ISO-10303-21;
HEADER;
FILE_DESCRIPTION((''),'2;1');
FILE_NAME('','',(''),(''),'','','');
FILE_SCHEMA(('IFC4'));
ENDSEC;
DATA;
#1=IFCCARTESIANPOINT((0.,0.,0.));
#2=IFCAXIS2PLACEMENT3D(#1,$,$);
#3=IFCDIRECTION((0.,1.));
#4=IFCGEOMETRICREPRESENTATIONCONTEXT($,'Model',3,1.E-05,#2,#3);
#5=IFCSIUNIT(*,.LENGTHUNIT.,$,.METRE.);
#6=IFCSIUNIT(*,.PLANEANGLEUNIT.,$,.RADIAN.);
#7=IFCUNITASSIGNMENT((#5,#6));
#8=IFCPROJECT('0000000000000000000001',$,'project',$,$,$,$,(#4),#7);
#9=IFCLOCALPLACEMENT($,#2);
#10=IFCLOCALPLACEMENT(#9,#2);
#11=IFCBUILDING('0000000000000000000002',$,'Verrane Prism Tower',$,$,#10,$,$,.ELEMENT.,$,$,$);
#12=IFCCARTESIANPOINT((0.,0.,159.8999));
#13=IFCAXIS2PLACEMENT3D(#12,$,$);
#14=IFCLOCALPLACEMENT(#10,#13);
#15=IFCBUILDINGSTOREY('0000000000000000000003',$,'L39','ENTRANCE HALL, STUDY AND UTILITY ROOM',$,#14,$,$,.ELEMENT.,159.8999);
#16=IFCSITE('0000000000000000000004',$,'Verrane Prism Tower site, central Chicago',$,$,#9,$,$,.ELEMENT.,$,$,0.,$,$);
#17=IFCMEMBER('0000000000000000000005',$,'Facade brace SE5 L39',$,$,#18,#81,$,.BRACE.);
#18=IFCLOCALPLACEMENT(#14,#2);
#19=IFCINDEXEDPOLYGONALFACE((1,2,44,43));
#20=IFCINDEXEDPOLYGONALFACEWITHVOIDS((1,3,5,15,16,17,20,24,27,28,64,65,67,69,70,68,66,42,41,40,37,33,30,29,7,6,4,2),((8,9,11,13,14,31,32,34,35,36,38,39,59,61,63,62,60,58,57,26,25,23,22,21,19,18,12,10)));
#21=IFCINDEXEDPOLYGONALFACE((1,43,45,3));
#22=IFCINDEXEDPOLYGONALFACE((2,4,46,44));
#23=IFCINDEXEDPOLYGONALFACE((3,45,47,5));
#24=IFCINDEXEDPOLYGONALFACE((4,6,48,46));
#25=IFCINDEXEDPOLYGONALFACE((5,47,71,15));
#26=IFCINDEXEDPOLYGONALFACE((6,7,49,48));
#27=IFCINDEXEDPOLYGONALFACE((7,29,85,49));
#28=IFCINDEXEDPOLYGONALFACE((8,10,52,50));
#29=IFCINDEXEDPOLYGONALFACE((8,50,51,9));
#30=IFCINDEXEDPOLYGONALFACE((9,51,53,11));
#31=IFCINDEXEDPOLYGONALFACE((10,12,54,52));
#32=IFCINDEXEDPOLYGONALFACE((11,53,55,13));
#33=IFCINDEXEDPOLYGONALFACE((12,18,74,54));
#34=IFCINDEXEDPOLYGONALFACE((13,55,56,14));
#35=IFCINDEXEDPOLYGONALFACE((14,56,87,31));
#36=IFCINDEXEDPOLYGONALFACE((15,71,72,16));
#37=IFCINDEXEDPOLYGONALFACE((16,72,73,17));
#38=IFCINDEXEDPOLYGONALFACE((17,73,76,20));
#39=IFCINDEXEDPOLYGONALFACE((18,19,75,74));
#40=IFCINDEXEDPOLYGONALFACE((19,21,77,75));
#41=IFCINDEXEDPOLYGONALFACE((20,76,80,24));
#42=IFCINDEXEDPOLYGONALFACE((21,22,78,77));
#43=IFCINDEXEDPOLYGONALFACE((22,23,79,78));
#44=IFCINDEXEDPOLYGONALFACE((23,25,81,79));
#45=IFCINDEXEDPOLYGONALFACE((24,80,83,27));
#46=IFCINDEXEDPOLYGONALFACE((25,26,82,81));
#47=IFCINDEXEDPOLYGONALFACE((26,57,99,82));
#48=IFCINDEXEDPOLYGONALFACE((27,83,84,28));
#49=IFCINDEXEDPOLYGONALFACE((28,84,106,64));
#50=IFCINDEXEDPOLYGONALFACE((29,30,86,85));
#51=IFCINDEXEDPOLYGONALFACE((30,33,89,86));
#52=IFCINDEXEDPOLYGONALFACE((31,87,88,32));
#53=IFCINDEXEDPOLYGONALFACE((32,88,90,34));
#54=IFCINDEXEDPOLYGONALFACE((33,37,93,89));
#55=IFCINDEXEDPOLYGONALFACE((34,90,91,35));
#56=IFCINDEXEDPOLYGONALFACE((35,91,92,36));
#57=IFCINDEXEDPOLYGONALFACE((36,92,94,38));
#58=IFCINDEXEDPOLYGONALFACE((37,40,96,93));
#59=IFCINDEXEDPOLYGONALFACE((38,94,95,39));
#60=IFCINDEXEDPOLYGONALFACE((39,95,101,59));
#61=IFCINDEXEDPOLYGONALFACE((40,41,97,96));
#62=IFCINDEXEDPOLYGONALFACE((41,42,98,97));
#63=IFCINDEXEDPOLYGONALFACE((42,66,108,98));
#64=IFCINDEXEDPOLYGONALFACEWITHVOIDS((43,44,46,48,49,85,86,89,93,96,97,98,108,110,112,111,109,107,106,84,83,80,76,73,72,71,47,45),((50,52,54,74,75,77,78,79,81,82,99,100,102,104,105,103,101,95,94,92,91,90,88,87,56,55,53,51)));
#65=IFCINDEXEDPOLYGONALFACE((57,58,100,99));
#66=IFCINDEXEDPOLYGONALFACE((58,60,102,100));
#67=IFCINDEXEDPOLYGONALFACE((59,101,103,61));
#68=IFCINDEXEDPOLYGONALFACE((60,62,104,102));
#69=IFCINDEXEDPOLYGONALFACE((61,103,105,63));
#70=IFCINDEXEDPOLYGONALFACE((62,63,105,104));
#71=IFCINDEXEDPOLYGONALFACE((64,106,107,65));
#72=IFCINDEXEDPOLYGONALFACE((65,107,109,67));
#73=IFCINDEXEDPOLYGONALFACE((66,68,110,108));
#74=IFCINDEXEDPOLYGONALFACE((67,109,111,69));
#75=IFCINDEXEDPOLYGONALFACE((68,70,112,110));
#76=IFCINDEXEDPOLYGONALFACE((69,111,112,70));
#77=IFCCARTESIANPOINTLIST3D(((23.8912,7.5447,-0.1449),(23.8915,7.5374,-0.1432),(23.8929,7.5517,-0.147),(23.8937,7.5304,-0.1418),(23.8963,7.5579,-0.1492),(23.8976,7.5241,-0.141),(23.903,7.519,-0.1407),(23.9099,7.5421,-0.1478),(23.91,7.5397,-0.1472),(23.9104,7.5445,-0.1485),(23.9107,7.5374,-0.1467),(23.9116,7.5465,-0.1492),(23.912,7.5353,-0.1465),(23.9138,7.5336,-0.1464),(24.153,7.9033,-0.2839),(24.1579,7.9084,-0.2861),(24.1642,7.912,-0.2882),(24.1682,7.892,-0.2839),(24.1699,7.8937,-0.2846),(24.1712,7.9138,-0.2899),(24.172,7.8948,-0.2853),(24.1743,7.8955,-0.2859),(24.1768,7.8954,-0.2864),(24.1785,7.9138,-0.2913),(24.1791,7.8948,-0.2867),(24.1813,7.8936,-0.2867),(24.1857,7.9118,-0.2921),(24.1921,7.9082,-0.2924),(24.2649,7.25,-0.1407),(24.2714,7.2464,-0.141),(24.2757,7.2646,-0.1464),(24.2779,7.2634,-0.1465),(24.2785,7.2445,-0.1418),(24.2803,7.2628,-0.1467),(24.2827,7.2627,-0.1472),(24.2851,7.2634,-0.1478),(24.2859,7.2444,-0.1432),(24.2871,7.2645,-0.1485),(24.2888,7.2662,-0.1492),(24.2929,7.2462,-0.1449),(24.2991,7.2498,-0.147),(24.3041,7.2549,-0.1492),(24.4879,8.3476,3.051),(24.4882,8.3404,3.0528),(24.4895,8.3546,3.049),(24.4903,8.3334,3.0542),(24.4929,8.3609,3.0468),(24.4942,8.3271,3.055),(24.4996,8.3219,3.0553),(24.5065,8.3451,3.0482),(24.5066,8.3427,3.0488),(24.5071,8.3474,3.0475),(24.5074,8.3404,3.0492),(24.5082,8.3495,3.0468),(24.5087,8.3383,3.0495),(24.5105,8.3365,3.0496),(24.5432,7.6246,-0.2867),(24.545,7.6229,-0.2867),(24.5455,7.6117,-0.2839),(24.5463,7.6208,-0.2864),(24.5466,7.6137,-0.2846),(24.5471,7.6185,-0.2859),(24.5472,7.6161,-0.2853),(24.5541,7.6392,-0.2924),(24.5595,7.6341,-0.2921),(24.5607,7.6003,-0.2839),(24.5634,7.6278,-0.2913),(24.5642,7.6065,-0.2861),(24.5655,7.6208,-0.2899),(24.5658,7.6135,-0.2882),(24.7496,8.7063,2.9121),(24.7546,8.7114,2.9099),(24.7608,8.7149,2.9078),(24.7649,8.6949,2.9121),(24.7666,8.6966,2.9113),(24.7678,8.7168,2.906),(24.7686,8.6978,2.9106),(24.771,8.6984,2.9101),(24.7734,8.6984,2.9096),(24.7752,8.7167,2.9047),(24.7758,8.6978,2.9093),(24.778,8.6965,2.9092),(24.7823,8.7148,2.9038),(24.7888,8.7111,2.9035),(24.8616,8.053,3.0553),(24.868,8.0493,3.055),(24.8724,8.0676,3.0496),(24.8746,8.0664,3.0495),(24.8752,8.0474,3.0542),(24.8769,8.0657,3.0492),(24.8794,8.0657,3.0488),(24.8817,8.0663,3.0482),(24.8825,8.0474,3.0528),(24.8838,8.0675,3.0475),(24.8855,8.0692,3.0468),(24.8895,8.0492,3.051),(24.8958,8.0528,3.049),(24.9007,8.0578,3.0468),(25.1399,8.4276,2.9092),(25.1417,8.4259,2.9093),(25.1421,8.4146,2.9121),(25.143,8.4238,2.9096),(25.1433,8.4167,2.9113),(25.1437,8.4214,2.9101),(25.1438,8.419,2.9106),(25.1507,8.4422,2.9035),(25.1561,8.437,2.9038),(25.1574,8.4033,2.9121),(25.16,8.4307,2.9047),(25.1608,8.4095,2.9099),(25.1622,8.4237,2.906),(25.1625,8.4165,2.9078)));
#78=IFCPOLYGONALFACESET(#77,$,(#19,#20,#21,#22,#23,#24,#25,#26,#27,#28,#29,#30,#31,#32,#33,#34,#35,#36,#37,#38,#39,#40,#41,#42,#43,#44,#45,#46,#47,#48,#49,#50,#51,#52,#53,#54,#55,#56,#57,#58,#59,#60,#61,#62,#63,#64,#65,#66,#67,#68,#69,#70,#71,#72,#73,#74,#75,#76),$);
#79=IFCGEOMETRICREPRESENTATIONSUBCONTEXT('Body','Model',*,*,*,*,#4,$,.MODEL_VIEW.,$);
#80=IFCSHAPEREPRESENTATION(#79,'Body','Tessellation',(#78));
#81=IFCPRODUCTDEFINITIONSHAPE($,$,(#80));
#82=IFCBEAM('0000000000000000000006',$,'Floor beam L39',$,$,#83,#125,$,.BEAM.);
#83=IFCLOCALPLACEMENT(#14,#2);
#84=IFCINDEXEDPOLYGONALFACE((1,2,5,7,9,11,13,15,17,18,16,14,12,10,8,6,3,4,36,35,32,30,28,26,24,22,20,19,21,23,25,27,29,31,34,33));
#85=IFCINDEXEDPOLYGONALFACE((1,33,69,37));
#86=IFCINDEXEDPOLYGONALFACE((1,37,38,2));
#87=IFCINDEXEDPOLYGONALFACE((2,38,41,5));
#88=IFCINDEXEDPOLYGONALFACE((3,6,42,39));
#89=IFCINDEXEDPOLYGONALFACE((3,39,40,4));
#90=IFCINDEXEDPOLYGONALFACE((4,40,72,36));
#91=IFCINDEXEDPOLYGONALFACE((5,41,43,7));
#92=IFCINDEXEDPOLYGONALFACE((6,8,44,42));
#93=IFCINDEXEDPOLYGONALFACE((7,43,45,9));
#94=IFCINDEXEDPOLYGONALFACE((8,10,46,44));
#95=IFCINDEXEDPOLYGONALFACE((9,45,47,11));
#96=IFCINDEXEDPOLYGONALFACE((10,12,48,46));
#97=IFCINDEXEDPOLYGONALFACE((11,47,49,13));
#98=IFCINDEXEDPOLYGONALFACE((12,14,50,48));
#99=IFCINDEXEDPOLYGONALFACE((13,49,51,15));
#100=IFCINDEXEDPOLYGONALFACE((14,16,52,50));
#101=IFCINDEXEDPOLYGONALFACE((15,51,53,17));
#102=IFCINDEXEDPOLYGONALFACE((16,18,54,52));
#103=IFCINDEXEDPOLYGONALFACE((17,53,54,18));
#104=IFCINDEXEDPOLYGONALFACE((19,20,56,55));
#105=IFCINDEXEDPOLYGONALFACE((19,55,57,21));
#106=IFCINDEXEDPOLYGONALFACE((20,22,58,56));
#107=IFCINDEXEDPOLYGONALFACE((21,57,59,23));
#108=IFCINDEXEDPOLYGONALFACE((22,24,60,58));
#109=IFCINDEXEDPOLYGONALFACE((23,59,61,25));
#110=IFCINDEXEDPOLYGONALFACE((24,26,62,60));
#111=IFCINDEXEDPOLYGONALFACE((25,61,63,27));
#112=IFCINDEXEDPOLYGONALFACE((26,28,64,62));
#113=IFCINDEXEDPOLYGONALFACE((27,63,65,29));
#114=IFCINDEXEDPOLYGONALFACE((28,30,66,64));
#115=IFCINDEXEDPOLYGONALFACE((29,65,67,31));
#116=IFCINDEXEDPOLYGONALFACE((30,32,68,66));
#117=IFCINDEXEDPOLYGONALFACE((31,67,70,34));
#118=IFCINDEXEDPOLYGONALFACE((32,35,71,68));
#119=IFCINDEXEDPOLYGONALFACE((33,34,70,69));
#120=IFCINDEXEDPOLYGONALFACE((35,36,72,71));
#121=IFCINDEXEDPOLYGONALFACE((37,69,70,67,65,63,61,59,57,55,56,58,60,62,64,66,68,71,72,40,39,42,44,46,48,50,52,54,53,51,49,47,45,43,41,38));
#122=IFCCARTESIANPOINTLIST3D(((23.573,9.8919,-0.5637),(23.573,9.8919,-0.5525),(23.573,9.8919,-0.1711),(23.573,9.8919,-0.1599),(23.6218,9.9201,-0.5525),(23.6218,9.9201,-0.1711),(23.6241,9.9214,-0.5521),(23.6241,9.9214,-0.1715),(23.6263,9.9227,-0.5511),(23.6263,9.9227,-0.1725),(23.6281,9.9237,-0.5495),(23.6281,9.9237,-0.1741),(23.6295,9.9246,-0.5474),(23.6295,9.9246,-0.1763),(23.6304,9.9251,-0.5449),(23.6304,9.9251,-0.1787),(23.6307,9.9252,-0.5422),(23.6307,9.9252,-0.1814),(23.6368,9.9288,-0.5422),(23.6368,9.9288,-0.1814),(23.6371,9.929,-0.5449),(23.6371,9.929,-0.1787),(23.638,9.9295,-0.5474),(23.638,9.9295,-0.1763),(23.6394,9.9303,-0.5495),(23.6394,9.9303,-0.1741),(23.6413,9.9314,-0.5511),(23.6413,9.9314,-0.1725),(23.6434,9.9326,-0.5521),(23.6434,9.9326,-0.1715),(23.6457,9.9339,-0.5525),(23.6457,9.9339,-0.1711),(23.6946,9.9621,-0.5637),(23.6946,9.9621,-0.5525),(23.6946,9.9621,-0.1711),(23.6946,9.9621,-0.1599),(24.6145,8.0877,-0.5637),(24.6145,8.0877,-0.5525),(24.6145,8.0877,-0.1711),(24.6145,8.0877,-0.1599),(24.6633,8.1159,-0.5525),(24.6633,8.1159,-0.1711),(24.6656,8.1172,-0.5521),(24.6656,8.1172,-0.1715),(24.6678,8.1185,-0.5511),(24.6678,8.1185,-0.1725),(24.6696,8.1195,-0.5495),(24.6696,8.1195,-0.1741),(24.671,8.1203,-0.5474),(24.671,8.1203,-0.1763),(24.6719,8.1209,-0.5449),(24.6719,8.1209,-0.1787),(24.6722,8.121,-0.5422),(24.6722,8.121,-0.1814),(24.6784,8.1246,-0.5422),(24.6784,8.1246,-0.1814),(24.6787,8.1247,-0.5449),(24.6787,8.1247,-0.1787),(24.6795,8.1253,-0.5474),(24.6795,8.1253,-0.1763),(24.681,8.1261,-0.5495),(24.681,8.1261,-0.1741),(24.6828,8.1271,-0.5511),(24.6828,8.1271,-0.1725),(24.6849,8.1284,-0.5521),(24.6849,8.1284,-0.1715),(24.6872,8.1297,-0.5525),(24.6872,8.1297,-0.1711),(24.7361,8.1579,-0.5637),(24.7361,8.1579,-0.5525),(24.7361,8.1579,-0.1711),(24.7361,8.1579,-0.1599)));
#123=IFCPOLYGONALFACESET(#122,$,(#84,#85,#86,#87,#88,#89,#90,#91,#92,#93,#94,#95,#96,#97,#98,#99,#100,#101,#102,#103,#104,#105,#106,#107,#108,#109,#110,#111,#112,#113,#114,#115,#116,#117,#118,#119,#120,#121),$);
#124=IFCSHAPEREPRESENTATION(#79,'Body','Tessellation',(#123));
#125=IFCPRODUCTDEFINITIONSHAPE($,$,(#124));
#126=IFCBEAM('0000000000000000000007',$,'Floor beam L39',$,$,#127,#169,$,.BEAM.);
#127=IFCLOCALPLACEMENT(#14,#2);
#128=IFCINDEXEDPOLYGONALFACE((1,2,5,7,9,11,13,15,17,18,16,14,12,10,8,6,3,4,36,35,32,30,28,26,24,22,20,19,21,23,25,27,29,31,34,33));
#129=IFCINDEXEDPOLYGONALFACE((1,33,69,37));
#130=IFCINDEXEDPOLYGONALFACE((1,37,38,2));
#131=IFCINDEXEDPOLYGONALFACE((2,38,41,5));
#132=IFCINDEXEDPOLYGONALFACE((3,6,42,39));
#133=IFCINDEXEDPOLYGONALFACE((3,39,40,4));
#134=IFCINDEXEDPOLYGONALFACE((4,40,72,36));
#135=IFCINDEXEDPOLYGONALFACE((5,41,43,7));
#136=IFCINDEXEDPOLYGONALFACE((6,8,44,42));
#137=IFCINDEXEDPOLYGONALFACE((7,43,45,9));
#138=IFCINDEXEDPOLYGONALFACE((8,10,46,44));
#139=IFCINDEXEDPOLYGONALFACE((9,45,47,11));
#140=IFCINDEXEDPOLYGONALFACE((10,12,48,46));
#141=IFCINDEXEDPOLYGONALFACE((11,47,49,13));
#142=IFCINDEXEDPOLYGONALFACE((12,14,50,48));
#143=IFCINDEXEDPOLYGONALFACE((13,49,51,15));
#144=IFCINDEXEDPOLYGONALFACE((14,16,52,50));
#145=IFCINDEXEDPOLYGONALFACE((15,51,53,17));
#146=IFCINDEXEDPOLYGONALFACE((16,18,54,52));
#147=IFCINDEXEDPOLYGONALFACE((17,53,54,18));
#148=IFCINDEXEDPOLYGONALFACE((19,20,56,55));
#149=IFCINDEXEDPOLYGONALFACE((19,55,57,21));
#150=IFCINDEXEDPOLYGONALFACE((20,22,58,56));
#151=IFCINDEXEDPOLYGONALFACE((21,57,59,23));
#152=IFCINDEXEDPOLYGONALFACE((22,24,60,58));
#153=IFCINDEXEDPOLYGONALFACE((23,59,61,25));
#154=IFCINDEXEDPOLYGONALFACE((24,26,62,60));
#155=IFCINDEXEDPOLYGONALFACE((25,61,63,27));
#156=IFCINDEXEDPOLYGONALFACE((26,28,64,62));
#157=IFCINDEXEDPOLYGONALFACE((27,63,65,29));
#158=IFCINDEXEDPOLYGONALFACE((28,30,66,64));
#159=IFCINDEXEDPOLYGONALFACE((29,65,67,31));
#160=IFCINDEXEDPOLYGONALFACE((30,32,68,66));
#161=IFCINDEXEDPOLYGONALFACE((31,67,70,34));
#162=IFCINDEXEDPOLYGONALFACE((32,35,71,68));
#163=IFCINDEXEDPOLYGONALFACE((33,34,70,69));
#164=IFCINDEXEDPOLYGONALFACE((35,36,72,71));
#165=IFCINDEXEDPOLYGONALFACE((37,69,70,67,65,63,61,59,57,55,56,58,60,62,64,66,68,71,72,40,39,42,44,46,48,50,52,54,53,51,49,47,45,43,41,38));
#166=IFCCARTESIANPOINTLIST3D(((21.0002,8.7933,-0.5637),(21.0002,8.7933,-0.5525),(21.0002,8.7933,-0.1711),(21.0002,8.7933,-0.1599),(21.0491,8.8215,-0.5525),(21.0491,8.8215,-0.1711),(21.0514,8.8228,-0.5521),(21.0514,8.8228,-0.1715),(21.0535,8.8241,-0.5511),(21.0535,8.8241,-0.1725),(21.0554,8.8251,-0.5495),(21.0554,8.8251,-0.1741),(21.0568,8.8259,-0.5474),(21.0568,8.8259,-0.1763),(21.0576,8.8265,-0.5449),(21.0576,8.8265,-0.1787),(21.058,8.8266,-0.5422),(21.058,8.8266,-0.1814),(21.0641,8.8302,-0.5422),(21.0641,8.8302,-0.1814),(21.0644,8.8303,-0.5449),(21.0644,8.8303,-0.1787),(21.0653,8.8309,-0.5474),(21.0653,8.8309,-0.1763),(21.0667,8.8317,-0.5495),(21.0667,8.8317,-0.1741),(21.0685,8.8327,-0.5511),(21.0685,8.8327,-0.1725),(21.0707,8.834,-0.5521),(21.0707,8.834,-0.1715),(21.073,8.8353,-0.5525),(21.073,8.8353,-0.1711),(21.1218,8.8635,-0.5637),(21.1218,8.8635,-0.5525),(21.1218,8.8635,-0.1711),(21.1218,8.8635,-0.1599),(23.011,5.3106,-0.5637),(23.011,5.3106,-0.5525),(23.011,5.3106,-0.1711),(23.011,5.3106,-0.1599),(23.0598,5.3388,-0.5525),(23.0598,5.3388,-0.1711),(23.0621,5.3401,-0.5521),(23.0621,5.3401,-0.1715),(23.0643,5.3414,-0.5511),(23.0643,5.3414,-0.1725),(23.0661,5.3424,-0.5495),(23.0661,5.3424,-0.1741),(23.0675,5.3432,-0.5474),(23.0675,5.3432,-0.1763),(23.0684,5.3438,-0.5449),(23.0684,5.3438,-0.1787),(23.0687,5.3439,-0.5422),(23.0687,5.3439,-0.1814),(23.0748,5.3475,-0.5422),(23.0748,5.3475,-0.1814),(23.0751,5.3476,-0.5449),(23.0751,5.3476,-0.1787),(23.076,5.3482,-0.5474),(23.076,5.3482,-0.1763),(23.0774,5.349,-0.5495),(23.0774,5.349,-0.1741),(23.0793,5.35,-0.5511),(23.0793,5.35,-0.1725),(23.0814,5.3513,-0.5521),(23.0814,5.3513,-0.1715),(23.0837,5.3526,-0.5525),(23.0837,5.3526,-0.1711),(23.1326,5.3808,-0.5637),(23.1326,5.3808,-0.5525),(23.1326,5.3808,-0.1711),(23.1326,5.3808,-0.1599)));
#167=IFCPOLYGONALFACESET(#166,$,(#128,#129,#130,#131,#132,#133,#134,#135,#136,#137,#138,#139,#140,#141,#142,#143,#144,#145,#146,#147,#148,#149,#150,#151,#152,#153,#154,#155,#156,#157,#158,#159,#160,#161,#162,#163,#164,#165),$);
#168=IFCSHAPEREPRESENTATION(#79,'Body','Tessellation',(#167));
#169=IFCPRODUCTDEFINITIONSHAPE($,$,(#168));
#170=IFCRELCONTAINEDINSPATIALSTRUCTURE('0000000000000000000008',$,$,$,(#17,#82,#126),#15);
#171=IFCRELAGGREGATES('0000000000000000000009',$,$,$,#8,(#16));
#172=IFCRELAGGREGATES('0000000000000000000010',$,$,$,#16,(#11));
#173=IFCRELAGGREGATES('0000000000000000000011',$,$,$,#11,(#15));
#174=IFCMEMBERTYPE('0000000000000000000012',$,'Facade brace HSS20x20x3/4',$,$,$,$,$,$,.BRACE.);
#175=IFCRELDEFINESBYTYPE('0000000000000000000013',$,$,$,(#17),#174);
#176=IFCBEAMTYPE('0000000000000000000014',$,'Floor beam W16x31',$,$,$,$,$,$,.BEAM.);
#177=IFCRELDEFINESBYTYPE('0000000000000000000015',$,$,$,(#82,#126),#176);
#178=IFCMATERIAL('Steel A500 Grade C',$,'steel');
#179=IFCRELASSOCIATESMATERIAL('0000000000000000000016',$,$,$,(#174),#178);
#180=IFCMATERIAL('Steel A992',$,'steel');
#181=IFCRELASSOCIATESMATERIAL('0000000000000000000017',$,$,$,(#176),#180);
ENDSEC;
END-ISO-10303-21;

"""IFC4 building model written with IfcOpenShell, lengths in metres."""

from ifc_helpers import new_model, si_unit, direction, frame, origin, origin_2d, place, context, subcontext, project, spatial, hollow_rectangle, i_section, extrude, material, material_profile, profile_set, type_object, element, save


model = new_model("IFC4")

# Units and contexts
model_context = context("Model", 3, precision=1e-05, world=origin(), true_north=direction((0.0, 1.0)))
body_context = subcontext(model_context, "Body", "Model", "MODEL_VIEW")
ifc_project = project(units=[si_unit("LENGTHUNIT", "METRE"), si_unit("PLANEANGLEUNIT", "RADIAN")], contexts=[model_context])

# Site, building, storey
site_placement = place(None, origin())
site = spatial("IfcSite", under=ifc_project, at=site_placement, Name="Verrane Prism Tower site, central Chicago", CompositionType="ELEMENT", RefElevation=0.0)
building_placement = place(site_placement, origin())
building = spatial("IfcBuilding", under=site, at=building_placement, Name="Verrane Prism Tower", CompositionType="ELEMENT")
storey_placement = place(building_placement, frame((0.0, 0.0, 159.8999)))
storey = spatial("IfcBuildingStorey", under=building, at=storey_placement, Name="L39", Description="ENTRANCE HALL, STUDY AND UTILITY ROOM", CompositionType="ELEMENT", Elevation=159.8999)

# Member
ifc_material_1 = material(Name="Steel A500 Grade C", Category="steel")
ifc_material_profile_1 = material_profile(ifc_material_1, hollow_rectangle(XDim=0.5081, YDim=0.5081, WallThickness=0.019, InnerFilletRadius=0.0095, OuterFilletRadius=0.0286, at=origin_2d()), Name="HSS20x20x3/4")
ifc_profile_set_1 = profile_set([ifc_material_profile_1], Name="Steel A500 Grade C")
member_type_1 = type_object("IfcMemberType", Name="Facade brace HSS20x20x3/4", PredefinedType="BRACE", material=ifc_profile_set_1)
member_1_placement = place(storey_placement, frame((24.2285, 7.5791, -0.2166), z_axis=(0.178169, 0.23977, 0.954341), x_axis=(-0.802657, 0.596441, 0.0)))
element("IfcMember", 1, at=member_1_placement, inside=storey, type_object=member_type_1, Name="Facade brace SE5 L39", PredefinedType="BRACE", context=body_context, shape_type="SweptSolid", body=[
    extrude(hollow_rectangle(XDim=0.5081, YDim=0.5081, WallThickness=0.019, InnerFilletRadius=0.0095, OuterFilletRadius=0.0286, at=origin_2d()), origin(), (0.0, 0.0, 1.0), 3.3489),
])

# Beams
ifc_material_2 = material(Name="Steel A992", Category="steel")
ifc_material_profile_2 = material_profile(ifc_material_2, i_section(OverallWidth=0.1404, OverallDepth=0.4038, WebThickness=0.0071, FlangeThickness=0.0112, FilletRadius=0.0103, at=origin_2d()), Name="W16x31")
ifc_profile_set_2 = profile_set([ifc_material_profile_2], Name="Steel A992")
beam_type_1 = type_object("IfcBeamType", Name="Floor beam W16x31", PredefinedType="BEAM", material=ifc_profile_set_2)
beam_1_placement = place(storey_placement, frame((24.6753, 8.1228, -0.3618), z_axis=(-0.499946, 0.866057, 0.0), x_axis=(-0.866057, -0.499946, 0.0)))
element("IfcBeam", 2, at=beam_1_placement, inside=storey, type_object=beam_type_1, Name="Floor beam L39", PredefinedType="BEAM", context=body_context, shape_type="SweptSolid", body=[
    extrude(i_section(OverallWidth=0.1404, OverallDepth=0.4038, WebThickness=0.0071, FlangeThickness=0.0112, FilletRadius=0.0103, at=origin_2d()), origin(), (0.0, 0.0, 1.0), 2.0833),
])
beam_2_placement = place(storey_placement, frame((23.0718, 5.3457, -0.3618), z_axis=(-0.500004, 0.866023, 0.0), x_axis=(-0.866023, -0.500004, 0.0)))
element("IfcBeam", 3, at=beam_2_placement, inside=storey, type_object=beam_type_1, Name="Floor beam L39", PredefinedType="BEAM", context=body_context, shape_type="SweptSolid", body=[
    extrude(i_section(OverallWidth=0.1404, OverallDepth=0.4038, WebThickness=0.0071, FlangeThickness=0.0112, FilletRadius=0.0103, at=origin_2d()), origin(), (0.0, 0.0, 1.0), 4.0215),
])

save(model, "model.ifc")
